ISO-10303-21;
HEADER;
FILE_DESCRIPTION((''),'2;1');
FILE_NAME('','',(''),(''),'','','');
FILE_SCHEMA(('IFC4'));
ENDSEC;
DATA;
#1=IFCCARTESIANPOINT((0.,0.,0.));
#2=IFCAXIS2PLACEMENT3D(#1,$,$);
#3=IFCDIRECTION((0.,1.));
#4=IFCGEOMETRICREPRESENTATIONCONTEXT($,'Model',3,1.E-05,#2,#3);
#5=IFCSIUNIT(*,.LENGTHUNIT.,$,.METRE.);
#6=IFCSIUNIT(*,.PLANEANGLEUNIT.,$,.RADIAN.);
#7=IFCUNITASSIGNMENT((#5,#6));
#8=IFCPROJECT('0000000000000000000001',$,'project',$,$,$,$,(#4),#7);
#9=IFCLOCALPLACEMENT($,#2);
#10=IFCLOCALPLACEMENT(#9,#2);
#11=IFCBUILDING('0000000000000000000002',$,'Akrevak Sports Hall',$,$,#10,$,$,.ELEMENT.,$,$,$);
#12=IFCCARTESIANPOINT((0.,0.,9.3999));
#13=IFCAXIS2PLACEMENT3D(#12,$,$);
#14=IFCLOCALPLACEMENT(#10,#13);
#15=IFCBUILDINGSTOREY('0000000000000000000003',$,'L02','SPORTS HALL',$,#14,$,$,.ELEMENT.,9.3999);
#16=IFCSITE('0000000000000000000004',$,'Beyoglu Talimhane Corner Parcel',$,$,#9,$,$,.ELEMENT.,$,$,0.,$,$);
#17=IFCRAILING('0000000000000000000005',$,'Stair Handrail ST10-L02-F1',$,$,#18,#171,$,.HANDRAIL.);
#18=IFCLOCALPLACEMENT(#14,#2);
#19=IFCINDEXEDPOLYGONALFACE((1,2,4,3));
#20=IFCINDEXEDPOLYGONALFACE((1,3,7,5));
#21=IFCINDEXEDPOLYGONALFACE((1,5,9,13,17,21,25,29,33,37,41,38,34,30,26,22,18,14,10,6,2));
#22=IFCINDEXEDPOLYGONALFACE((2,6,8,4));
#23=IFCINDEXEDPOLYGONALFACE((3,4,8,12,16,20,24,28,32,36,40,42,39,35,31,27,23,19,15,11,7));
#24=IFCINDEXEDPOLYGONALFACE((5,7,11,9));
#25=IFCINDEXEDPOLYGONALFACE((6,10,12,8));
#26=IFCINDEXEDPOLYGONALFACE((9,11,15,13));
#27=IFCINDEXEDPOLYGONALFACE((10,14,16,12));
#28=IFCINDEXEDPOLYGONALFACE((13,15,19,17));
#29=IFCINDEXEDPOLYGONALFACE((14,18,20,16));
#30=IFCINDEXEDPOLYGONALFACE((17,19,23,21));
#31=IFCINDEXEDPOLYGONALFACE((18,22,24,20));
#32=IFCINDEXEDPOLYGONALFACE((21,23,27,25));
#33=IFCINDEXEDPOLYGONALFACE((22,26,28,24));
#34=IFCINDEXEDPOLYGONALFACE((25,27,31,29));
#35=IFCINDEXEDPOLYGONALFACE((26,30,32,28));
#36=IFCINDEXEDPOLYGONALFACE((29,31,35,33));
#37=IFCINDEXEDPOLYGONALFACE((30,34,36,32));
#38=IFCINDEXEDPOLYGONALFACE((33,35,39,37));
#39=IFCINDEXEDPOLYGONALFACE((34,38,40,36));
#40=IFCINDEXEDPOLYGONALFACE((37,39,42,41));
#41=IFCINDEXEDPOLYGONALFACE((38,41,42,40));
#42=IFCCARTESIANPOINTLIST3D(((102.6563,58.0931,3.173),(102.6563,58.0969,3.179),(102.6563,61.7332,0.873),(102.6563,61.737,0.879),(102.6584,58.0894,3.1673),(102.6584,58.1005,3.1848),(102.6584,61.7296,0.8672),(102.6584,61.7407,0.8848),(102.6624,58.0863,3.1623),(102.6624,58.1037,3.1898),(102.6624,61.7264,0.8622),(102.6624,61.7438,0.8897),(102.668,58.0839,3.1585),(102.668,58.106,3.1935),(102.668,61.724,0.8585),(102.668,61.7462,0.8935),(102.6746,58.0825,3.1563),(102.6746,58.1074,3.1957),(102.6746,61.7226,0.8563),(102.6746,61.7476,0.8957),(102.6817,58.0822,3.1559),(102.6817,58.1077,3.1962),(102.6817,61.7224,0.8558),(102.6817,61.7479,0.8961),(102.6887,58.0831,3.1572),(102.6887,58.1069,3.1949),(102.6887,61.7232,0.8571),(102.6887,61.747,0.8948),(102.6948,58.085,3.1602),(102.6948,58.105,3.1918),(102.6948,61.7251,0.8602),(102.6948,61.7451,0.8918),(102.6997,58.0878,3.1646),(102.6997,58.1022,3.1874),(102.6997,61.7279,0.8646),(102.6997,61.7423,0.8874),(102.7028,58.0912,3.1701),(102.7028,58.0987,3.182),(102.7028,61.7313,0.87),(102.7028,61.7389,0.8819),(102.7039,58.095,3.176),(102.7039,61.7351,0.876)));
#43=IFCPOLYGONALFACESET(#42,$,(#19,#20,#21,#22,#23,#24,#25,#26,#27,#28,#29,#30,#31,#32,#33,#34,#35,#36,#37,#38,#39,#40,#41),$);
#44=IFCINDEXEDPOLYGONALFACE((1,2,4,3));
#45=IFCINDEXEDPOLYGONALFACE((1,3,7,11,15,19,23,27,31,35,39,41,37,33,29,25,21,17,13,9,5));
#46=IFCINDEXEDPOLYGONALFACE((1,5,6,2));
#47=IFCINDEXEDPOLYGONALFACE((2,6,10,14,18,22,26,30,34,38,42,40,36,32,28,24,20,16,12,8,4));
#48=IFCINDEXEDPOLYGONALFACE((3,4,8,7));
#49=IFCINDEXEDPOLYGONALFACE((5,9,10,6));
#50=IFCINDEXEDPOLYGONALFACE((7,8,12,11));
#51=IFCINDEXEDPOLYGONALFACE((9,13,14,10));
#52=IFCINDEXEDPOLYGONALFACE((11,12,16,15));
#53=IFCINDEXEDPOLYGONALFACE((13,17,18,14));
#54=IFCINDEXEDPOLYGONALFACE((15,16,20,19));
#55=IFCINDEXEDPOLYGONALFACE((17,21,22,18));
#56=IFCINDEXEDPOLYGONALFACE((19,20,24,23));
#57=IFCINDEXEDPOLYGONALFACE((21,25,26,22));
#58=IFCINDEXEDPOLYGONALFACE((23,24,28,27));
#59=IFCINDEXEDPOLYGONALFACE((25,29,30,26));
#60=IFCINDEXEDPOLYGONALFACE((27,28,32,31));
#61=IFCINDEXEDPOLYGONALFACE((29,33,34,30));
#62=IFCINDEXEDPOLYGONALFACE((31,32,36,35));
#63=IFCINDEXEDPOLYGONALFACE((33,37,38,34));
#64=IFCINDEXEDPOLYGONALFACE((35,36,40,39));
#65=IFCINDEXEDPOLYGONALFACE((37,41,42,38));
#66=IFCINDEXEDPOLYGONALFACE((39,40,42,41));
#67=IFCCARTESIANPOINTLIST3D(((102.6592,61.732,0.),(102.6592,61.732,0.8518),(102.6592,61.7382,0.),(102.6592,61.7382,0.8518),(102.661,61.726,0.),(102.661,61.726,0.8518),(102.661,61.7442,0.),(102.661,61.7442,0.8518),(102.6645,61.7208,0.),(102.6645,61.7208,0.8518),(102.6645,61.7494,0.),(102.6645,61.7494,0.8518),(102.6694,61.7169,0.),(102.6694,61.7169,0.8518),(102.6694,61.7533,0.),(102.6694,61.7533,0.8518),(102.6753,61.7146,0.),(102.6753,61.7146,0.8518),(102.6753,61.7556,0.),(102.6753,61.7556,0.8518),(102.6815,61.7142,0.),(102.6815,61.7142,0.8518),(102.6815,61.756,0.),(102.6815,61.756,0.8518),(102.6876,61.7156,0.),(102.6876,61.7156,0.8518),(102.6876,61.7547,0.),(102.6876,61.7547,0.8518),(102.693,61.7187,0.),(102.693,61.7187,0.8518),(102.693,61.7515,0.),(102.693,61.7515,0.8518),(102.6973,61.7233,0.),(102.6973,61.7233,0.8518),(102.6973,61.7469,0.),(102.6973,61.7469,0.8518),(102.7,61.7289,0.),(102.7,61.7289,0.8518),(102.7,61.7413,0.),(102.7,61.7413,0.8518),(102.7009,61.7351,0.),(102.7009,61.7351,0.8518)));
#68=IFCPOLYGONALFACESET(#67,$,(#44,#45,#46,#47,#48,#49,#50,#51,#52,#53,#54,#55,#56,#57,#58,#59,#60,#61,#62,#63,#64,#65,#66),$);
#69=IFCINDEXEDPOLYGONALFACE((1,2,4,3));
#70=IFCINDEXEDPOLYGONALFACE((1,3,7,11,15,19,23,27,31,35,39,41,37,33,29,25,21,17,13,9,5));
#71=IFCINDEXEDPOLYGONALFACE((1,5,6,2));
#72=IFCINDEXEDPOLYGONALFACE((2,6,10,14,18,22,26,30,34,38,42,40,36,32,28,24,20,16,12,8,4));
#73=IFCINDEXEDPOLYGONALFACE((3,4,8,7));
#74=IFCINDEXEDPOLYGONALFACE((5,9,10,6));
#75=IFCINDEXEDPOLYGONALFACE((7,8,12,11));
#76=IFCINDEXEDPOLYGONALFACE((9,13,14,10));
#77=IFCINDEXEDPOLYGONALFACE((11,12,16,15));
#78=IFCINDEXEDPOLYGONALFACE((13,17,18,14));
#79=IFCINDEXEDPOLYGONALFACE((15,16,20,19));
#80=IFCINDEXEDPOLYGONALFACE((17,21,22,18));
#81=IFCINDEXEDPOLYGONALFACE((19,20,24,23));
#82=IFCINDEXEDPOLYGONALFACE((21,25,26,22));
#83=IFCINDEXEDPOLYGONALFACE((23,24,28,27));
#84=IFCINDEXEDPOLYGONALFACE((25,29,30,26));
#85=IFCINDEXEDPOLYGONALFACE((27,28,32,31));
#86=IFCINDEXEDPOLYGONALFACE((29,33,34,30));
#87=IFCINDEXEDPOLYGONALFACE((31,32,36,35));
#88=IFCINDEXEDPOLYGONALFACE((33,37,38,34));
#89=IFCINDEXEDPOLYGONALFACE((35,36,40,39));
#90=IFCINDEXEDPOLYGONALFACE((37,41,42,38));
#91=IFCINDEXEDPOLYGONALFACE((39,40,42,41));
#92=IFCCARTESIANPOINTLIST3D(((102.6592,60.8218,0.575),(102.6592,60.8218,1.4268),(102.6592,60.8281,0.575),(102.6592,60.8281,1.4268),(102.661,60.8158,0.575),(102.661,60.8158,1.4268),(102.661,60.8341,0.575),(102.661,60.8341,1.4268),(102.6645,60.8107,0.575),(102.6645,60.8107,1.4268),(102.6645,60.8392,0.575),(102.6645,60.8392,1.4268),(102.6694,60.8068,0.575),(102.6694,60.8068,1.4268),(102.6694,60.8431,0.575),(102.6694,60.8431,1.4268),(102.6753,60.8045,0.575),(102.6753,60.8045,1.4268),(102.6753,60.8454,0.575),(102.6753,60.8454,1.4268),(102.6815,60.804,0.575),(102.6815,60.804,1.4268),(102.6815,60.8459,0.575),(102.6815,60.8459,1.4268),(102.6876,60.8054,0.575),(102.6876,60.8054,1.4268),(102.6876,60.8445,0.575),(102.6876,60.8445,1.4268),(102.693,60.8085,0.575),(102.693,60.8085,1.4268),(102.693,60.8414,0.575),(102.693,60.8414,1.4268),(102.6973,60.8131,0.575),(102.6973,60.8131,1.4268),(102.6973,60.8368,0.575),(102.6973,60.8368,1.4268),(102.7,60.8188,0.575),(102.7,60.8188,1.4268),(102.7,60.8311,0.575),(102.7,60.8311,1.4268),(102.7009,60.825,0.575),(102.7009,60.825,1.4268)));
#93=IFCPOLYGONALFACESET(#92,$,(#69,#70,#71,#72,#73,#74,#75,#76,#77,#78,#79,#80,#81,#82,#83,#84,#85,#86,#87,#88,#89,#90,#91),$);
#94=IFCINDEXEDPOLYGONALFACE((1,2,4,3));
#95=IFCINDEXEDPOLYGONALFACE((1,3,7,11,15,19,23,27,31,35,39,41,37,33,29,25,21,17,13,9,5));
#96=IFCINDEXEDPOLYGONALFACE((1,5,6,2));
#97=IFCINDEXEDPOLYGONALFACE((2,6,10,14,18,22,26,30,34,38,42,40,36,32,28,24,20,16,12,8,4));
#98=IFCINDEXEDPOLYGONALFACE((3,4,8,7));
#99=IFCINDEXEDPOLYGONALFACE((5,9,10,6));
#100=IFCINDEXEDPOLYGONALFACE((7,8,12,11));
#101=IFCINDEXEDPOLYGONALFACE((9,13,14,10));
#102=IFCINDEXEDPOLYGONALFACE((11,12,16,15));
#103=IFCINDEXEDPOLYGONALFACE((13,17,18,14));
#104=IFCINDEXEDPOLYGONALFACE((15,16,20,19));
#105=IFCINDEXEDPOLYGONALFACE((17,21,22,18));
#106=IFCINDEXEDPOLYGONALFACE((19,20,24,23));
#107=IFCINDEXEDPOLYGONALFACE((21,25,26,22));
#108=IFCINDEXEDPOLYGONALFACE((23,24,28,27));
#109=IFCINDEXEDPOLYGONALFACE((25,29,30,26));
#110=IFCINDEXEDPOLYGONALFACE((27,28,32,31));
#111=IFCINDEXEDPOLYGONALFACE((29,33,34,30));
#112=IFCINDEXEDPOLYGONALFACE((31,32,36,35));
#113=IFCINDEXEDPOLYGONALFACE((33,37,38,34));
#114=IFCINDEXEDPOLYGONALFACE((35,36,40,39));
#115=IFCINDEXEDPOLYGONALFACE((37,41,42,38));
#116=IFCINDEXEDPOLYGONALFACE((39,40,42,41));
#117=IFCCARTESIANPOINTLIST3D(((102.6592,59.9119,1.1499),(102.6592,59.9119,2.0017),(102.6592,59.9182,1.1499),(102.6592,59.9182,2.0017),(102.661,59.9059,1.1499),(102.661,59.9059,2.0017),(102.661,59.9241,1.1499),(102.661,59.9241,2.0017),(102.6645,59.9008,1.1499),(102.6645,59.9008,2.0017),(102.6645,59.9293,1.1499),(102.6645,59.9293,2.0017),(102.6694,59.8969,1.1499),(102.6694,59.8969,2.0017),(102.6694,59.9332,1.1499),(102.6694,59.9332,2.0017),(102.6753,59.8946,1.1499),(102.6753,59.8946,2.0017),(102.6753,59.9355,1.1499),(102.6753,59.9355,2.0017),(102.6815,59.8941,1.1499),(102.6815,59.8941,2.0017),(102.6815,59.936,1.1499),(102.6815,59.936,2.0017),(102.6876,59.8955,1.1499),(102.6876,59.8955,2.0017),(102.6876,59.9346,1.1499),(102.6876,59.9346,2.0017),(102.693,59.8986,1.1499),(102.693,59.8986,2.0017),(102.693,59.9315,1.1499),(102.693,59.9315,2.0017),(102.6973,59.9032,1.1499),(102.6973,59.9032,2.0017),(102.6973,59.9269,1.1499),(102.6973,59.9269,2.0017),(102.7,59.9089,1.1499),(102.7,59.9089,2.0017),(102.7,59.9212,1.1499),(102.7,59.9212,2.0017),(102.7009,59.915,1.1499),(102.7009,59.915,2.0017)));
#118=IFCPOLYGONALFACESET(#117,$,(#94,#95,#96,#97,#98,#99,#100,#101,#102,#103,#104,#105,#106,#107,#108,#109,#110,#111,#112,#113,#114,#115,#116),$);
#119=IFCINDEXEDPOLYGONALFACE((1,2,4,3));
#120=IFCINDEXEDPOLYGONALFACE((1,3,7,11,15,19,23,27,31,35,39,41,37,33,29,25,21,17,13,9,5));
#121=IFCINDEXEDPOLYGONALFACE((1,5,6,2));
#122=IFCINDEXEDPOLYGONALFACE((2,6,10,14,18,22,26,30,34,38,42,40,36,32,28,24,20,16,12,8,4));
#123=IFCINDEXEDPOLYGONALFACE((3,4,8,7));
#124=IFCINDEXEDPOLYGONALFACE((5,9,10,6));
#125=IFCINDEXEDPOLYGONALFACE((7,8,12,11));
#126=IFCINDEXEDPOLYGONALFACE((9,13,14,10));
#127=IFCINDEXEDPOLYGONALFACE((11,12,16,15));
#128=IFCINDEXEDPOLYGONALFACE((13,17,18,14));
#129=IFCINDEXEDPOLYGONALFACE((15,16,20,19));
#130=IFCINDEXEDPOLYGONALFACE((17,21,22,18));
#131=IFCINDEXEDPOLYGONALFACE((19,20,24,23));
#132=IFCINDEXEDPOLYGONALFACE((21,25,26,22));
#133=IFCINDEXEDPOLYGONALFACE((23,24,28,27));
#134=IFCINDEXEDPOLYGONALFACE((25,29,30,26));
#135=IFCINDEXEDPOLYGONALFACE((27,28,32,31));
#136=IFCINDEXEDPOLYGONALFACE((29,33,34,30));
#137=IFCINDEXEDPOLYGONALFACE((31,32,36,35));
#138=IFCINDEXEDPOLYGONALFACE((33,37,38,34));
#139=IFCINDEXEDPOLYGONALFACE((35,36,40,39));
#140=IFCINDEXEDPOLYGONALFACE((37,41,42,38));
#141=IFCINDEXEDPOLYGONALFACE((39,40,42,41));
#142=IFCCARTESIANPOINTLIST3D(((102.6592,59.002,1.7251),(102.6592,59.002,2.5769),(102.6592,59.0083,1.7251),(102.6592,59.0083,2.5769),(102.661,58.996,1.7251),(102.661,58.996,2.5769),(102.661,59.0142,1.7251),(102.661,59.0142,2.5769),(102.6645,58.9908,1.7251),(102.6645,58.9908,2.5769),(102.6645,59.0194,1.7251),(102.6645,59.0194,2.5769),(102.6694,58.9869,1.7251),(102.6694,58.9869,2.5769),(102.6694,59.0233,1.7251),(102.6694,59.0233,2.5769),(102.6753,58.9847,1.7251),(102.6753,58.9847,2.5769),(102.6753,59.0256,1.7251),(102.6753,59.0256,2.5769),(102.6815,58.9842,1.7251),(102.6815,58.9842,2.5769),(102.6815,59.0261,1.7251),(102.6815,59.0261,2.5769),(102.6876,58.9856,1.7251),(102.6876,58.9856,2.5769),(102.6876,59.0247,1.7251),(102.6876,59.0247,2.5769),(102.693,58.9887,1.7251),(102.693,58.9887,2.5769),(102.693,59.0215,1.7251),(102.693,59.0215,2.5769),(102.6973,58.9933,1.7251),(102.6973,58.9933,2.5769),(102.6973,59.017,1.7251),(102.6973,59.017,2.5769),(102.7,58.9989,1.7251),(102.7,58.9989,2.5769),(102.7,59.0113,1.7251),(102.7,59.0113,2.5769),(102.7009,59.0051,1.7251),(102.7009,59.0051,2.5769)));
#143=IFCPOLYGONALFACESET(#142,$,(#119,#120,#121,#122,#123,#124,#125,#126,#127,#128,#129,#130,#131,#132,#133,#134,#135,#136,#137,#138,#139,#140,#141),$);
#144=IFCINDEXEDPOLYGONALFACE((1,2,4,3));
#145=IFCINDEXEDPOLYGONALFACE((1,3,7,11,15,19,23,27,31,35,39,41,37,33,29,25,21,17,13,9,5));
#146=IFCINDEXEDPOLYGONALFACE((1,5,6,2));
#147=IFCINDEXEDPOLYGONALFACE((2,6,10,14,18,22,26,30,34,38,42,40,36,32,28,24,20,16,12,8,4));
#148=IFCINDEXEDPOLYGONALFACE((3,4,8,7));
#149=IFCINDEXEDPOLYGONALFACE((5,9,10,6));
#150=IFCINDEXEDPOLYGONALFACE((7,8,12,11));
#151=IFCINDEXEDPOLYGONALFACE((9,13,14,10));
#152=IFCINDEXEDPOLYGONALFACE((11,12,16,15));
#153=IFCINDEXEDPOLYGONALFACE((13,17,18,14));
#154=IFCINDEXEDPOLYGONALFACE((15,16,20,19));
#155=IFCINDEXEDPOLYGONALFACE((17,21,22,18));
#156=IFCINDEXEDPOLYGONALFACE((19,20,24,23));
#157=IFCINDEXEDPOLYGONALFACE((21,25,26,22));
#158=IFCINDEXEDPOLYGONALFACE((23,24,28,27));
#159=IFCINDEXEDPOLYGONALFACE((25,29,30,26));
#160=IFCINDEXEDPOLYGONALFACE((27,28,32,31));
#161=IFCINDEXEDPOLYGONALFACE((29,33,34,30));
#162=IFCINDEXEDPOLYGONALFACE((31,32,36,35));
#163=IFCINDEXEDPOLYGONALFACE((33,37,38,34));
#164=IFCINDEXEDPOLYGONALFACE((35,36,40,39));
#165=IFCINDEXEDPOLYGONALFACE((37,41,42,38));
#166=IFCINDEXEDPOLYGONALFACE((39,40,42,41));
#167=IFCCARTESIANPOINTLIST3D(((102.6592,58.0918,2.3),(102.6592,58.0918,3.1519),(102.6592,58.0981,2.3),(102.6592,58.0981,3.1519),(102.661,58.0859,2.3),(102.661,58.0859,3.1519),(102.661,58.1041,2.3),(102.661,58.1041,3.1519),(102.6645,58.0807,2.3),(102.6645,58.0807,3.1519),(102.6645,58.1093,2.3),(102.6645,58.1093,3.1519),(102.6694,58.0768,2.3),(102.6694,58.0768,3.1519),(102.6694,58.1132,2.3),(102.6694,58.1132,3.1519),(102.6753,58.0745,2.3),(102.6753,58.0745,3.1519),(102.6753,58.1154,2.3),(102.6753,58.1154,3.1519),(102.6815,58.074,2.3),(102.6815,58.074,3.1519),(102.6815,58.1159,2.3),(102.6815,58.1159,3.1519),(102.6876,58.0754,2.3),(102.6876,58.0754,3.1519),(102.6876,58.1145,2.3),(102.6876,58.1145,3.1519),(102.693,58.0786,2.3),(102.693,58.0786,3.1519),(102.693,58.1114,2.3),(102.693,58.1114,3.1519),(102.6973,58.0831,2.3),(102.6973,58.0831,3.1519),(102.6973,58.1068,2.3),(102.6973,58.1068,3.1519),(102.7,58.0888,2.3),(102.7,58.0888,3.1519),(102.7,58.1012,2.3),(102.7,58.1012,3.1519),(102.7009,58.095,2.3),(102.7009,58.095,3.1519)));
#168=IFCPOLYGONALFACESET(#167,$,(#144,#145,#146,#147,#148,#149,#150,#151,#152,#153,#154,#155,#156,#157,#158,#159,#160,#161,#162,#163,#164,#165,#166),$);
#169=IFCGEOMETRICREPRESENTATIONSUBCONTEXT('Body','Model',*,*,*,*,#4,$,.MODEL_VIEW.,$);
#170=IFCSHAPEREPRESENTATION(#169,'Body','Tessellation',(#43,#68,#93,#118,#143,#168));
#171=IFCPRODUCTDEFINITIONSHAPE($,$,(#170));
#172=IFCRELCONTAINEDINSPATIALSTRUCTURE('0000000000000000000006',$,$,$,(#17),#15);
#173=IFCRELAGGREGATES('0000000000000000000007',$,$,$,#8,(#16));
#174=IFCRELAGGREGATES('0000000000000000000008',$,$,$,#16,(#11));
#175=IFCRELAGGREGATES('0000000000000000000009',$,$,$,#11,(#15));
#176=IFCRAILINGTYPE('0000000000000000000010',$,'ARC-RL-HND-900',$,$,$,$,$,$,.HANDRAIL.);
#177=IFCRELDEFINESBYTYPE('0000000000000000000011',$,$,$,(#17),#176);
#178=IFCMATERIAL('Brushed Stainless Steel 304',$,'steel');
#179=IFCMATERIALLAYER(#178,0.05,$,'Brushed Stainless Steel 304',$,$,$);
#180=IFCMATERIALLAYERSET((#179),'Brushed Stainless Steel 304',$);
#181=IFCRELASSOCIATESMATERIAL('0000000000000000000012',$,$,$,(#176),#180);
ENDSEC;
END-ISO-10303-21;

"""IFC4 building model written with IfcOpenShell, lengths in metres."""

from ifc_helpers import new_model, si_unit, direction, frame, origin, origin_2d, place, context, subcontext, project, spatial, circle, extrude, material, layer, layer_set, type_object, element, save


model = new_model("IFC4")

# Units and contexts
model_context = context("Model", 3, precision=1e-05, world=origin(), true_north=direction((0.0, 1.0)))
body_context = subcontext(model_context, "Body", "Model", "MODEL_VIEW")
ifc_project = project(units=[si_unit("LENGTHUNIT", "METRE"), si_unit("PLANEANGLEUNIT", "RADIAN")], contexts=[model_context])

# Site, building, storey
site_placement = place(None, origin())
site = spatial("IfcSite", under=ifc_project, at=site_placement, Name="Beyoglu Talimhane Corner Parcel", CompositionType="ELEMENT", RefElevation=0.0)
building_placement = place(site_placement, origin())
building = spatial("IfcBuilding", under=site, at=building_placement, Name="Akrevak Sports Hall", CompositionType="ELEMENT")
storey_placement = place(building_placement, frame((0.0, 0.0, 9.3999)))
storey = spatial("IfcBuildingStorey", under=building, at=storey_placement, Name="L02", Description="SPORTS HALL", CompositionType="ELEMENT", Elevation=9.3999)

# Railing
ifc_material_1 = material(Name="Brushed Stainless Steel 304", Category="steel")
ifc_layer_1 = layer(ifc_material_1, 0.05, Name="Brushed Stainless Steel 304")
ifc_layer_set_1 = layer_set([ifc_layer_1], Name="Brushed Stainless Steel 304")
railing_type_1 = type_object("IfcRailingType", Name="ARC-RL-HND-900", PredefinedType="HANDRAIL", material=ifc_layer_set_1)
railing_1_placement = place(storey_placement, frame((102.6799, 61.7351, 0.0)))
element("IfcRailing", 1, at=railing_1_placement, inside=storey, type_object=railing_type_1, Name="Stair Handrail ST10-L02-F1", PredefinedType="HANDRAIL", context=body_context, shape_type="SweptSolid", body=[
    extrude(circle(Radius=0.0239, at=origin_2d()), frame((0.0, 0.0, 0.876), z_axis=(0.0, -0.845382, 0.534162), x_axis=(1.0, 0.0, 0.0)), (0.0, 0.0, 1.0), 4.3059),
    extrude(circle(Radius=0.021, at=origin_2d()), origin(), (0.0, 0.0, 1.0), 0.8518),
    extrude(circle(Radius=0.021, at=origin_2d()), frame((0.0, -0.9102, 0.575)), (0.0, 0.0, 1.0), 0.8518),
    extrude(circle(Radius=0.021, at=origin_2d()), frame((0.0, -1.8201, 1.1499)), (0.0, 0.0, 1.0), 0.8518),
    extrude(circle(Radius=0.021, at=origin_2d()), frame((0.0, -2.73, 1.7251)), (0.0, 0.0, 1.0), 0.8518),
    extrude(circle(Radius=0.021, at=origin_2d()), frame((0.0, -3.6401, 2.3)), (0.0, 0.0, 1.0), 0.8518),
])

save(model, "model.ifc")
